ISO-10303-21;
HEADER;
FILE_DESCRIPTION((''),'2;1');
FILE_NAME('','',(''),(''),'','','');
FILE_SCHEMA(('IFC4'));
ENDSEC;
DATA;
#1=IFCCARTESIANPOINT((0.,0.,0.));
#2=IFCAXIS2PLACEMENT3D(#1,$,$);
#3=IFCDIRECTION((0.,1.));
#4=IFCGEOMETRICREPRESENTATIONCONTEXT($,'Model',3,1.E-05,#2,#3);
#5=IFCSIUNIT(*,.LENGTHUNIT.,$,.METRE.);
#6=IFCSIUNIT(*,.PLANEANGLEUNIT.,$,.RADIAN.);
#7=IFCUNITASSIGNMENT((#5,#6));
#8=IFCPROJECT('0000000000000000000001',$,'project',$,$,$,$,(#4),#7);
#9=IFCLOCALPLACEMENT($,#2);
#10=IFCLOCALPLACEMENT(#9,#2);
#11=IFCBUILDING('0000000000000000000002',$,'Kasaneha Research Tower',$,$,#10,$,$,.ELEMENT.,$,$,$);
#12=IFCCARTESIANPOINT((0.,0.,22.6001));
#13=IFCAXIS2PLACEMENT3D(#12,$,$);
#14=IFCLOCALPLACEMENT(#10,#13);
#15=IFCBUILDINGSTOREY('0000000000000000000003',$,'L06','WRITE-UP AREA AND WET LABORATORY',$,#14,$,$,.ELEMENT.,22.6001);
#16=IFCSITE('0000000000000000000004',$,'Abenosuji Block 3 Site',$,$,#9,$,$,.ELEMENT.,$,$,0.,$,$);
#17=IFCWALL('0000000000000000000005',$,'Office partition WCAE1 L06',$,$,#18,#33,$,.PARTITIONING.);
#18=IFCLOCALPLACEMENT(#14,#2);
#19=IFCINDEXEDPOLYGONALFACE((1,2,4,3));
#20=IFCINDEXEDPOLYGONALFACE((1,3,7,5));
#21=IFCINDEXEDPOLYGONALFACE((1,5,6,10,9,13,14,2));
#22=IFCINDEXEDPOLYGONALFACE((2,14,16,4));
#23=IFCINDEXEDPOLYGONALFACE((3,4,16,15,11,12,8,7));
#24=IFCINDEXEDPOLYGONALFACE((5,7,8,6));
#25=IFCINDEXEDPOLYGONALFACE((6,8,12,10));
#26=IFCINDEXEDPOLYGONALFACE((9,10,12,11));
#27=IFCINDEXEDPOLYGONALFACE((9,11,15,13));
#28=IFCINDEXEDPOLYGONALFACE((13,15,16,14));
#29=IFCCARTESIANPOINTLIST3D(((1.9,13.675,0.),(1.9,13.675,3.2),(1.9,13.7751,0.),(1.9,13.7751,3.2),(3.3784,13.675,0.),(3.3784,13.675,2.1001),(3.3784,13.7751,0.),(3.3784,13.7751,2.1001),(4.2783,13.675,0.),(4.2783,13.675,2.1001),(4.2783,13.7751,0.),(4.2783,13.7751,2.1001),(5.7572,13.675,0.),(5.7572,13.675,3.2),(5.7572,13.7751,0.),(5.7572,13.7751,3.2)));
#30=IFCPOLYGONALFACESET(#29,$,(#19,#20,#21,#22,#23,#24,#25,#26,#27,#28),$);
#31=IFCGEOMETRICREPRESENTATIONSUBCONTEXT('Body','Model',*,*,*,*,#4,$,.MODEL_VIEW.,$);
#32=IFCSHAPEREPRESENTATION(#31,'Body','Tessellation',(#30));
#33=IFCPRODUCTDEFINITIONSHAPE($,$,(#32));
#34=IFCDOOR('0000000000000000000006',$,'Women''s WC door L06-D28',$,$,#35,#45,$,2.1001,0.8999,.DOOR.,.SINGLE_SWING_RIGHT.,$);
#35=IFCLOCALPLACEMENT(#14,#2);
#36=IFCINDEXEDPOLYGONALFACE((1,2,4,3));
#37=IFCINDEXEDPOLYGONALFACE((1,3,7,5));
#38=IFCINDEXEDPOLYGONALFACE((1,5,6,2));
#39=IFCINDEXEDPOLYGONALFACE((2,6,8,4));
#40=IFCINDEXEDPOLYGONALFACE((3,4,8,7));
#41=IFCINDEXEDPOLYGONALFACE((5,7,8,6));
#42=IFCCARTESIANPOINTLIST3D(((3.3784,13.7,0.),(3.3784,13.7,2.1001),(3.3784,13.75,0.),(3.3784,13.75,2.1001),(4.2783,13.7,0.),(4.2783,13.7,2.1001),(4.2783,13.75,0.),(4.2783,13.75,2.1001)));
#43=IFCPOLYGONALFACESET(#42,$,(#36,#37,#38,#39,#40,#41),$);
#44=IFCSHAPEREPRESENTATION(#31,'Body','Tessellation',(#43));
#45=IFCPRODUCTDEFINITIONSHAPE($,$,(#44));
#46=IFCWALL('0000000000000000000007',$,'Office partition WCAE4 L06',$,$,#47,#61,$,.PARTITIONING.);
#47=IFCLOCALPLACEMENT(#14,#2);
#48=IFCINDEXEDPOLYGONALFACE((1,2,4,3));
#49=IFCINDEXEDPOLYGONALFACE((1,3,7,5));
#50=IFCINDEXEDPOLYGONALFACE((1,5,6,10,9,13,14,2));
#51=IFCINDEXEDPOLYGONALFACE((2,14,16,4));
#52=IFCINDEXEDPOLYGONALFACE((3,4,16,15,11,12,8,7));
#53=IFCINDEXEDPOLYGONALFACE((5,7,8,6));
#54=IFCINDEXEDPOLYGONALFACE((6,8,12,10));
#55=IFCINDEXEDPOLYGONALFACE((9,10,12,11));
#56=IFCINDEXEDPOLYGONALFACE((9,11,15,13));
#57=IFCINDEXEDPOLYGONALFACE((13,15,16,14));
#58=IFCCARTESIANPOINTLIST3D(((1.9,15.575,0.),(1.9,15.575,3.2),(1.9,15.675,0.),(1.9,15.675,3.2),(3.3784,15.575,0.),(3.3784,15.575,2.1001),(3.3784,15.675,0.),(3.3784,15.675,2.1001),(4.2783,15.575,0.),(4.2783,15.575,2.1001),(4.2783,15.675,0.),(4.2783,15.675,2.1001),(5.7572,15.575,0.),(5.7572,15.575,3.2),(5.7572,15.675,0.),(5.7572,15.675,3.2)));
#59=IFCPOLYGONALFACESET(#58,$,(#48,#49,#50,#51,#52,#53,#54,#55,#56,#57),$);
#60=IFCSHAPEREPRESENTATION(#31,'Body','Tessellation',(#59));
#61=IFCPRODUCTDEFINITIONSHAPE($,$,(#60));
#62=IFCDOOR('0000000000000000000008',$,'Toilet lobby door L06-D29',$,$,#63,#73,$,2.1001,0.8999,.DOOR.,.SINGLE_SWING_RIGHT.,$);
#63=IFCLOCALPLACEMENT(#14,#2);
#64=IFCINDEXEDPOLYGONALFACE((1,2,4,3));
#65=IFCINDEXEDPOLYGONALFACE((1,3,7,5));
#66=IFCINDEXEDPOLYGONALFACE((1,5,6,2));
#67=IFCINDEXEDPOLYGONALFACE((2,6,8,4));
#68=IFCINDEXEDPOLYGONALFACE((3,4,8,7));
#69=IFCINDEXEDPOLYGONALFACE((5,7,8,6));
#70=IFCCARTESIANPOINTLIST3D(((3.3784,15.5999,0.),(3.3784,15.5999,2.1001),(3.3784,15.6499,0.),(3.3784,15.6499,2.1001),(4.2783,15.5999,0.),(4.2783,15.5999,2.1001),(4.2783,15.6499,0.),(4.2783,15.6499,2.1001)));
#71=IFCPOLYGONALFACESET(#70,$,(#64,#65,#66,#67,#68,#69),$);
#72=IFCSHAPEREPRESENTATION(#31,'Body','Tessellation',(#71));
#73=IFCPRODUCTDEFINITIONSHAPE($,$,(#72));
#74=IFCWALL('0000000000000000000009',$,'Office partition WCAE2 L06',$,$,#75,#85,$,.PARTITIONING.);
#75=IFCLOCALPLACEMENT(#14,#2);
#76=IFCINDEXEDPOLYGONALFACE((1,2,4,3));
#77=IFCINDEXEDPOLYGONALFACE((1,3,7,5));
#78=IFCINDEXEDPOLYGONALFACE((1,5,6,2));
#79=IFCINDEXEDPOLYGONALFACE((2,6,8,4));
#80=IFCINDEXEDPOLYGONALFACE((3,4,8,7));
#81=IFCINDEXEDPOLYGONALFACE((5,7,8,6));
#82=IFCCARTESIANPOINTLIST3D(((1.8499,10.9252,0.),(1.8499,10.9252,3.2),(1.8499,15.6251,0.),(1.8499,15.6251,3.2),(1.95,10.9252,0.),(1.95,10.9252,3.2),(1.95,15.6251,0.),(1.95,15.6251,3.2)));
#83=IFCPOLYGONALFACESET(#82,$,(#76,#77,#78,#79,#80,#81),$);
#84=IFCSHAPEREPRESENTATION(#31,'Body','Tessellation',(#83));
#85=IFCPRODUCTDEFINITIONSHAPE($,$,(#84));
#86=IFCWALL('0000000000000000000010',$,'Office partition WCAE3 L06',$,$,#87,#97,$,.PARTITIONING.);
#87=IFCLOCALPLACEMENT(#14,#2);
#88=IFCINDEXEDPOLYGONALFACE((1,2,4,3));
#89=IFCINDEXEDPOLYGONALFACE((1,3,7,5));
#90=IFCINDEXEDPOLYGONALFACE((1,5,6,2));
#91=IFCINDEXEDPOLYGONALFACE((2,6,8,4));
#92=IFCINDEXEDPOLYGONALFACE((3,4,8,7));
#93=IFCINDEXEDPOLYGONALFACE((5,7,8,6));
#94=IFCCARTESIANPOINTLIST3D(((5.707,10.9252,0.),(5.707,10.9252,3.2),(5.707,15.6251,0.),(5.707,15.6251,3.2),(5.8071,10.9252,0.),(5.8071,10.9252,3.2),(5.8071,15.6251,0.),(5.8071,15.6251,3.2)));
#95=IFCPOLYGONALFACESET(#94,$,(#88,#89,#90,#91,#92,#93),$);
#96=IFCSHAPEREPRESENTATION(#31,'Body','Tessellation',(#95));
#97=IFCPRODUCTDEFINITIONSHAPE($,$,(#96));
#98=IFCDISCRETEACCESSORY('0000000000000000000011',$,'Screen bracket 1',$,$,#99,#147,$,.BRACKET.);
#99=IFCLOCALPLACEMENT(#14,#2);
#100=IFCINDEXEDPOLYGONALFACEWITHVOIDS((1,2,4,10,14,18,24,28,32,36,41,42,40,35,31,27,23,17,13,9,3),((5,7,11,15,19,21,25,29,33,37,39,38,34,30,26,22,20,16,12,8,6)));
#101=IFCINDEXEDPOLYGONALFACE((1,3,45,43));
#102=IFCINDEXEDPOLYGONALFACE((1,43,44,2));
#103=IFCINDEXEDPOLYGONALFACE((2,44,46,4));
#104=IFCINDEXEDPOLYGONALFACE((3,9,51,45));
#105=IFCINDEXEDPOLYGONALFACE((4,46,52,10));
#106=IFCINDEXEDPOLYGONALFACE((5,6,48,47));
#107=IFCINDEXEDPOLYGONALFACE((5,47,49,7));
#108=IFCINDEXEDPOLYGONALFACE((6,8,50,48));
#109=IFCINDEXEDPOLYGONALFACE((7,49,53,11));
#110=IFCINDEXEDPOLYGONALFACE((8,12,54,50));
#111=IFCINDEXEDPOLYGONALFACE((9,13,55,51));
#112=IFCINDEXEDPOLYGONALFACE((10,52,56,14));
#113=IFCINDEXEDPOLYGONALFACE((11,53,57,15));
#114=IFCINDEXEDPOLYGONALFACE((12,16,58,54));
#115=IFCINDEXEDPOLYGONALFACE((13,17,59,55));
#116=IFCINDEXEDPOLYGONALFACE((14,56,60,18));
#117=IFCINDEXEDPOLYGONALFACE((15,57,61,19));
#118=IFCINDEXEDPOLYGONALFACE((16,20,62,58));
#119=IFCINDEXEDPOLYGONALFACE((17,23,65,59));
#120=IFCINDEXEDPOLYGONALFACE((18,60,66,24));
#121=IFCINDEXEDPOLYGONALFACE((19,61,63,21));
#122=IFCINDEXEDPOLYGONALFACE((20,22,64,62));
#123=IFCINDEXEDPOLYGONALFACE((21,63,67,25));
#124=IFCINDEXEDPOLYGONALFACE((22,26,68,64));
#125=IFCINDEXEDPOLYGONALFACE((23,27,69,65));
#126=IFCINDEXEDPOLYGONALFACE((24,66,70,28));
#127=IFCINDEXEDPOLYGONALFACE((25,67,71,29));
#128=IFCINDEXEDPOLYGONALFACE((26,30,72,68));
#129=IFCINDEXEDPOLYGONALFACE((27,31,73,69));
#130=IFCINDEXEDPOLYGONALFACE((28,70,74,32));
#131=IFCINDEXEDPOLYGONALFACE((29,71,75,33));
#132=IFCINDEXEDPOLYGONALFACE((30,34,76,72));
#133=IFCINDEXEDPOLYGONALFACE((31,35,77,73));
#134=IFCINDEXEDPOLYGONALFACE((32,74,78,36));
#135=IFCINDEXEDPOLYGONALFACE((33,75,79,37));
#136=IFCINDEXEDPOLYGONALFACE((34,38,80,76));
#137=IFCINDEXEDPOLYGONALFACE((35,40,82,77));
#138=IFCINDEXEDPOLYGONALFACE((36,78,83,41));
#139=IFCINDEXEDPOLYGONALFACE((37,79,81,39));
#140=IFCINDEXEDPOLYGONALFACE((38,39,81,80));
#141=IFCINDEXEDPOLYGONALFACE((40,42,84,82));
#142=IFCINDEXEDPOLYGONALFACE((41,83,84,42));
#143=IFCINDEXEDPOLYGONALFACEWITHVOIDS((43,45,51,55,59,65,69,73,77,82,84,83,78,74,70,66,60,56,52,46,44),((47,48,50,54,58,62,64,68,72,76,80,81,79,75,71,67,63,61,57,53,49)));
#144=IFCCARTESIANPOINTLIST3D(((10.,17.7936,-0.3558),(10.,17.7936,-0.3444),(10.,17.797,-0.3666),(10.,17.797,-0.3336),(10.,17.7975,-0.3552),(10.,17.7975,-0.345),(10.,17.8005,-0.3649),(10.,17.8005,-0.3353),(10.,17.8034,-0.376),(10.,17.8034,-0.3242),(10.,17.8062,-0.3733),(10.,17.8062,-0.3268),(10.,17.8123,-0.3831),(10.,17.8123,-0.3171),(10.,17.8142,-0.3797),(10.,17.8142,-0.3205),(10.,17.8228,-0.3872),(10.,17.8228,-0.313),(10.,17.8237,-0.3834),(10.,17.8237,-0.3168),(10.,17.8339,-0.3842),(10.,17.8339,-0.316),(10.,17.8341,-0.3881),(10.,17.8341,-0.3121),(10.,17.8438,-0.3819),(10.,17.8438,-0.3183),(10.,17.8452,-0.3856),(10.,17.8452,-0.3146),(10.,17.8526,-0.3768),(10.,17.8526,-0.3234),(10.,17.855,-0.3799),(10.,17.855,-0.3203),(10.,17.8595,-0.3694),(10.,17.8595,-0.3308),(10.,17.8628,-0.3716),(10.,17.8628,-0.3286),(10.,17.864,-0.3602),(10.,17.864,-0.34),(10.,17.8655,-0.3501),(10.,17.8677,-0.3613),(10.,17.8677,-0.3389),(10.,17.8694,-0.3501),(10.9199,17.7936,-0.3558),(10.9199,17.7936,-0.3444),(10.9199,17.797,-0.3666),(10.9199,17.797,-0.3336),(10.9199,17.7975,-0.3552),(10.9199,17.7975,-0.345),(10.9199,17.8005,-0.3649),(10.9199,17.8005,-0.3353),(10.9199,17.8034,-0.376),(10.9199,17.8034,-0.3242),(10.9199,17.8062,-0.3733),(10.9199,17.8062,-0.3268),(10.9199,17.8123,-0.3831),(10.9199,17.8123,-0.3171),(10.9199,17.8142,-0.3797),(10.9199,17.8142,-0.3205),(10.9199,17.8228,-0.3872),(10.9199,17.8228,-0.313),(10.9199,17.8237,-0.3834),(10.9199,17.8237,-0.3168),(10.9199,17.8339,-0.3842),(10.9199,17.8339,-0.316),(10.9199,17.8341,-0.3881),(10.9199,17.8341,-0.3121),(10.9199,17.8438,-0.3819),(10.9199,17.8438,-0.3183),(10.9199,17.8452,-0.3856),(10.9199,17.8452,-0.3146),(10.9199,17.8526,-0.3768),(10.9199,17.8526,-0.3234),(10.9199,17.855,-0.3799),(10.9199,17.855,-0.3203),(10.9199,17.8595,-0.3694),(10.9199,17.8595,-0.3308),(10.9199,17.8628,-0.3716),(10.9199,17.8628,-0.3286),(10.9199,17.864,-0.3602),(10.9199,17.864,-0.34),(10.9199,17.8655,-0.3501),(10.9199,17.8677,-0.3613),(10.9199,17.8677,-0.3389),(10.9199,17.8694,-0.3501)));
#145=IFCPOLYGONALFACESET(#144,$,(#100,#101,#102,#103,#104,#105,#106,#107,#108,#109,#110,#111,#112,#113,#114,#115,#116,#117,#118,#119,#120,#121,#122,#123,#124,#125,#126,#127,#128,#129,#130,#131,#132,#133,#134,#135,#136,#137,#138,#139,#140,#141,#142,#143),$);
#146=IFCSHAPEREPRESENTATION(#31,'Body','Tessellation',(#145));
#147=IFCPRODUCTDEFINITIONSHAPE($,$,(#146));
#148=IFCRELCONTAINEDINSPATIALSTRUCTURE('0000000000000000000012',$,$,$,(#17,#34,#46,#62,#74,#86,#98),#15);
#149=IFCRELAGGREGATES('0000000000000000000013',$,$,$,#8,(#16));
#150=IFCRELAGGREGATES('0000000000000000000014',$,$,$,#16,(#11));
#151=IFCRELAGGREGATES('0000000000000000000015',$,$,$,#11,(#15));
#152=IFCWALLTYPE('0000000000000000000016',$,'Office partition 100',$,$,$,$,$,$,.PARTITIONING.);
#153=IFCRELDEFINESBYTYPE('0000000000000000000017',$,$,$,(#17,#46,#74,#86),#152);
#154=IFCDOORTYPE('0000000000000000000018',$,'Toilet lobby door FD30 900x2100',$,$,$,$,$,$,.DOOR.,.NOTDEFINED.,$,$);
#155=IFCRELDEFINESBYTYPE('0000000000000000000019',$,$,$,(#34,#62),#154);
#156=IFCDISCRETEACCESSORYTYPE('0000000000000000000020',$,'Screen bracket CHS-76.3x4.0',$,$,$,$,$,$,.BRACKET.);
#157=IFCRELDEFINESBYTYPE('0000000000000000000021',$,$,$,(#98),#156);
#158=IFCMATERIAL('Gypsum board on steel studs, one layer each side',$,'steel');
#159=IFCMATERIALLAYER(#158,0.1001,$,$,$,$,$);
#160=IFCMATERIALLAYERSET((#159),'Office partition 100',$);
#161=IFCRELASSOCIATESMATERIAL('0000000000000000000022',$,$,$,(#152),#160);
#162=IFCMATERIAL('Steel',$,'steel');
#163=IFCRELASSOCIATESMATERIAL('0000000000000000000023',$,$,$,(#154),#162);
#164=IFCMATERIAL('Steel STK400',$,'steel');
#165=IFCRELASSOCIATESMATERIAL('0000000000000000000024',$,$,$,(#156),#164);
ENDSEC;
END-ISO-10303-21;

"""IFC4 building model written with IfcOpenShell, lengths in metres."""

from ifc_helpers import new_model, si_unit, direction, frame, frame_2d, origin, origin_2d, place, context, subcontext, project, spatial, rectangle, hollow_circle, extrude, material, layer, layer_set, material_profile, profile_set, type_object, element, fill, save


model = new_model("IFC4")

# Units and contexts
model_context = context("Model", 3, precision=1e-05, world=origin(), true_north=direction((0.0, 1.0)))
body_context = subcontext(model_context, "Body", "Model", "MODEL_VIEW")
ifc_project = project(units=[si_unit("LENGTHUNIT", "METRE"), si_unit("PLANEANGLEUNIT", "RADIAN")], contexts=[model_context])

# Site, building, storey
site_placement = place(None, origin())
site = spatial("IfcSite", under=ifc_project, at=site_placement, Name="Abenosuji Block 3 Site", CompositionType="ELEMENT", RefElevation=0.0)
building_placement = place(site_placement, origin())
building = spatial("IfcBuilding", under=site, at=building_placement, Name="Kasaneha Research Tower", CompositionType="ELEMENT")
storey_placement = place(building_placement, frame((0.0, 0.0, 22.6001)))
storey = spatial("IfcBuildingStorey", under=building, at=storey_placement, Name="L06", Description="WRITE-UP AREA AND WET LABORATORY", CompositionType="ELEMENT", Elevation=22.6001)

# Walls, openings, doors
ifc_material_1 = material(Name="Gypsum board on steel studs, one layer each side", Category="steel")
ifc_layer_1 = layer(ifc_material_1, 0.1001)
ifc_layer_set_1 = layer_set([ifc_layer_1], Name="Office partition 100")
wall_type_1 = type_object("IfcWallType", Name="Office partition 100", PredefinedType="PARTITIONING", material=ifc_layer_set_1)
wall_1_placement = place(storey_placement, frame((1.8999, 13.7251, 0.0), z_axis=(0.0, 0.0, 1.0), x_axis=(1.0, 0.0, 0.0)))
wall_1 = element("IfcWall", 1, at=wall_1_placement, inside=storey, type_object=wall_type_1, Name="Office partition WCAE1 L06", PredefinedType="PARTITIONING", context=body_context, shape_type="SweptSolid", body=[
    extrude(rectangle(XDim=3.8572, YDim=0.1001, at=frame_2d((1.9287, 0.0))), origin(), (0.0, 0.0, 1.0), 3.2),
])
opening_1_placement = place(wall_1_placement, frame((1.4785, 0.0, 0.0)))
opening_1 = element("IfcOpeningElement", 2, at=opening_1_placement, cuts=wall_1, PredefinedType="OPENING", context=body_context, shape_type="SweptSolid", body=[
    extrude(rectangle(XDim=0.8999, YDim=2.1001, at=frame_2d((0.45, 1.05))), frame((0.0, 0.0601, 0.0), z_axis=(0.0, -1.0, 0.0), x_axis=(1.0, 0.0, 0.0)), (0.0, 0.0, 1.0), 0.1201),
])
ifc_material_2 = material(Name="Steel", Category="steel")
door_type_1 = type_object("IfcDoorType", Name="Toilet lobby door FD30 900x2100", OperationType="NOTDEFINED", PredefinedType="DOOR", material=ifc_material_2)
door_1_placement = place(opening_1_placement, origin())
door_1 = element("IfcDoor", 3, at=door_1_placement, inside=storey, type_object=door_type_1, Name="Women's WC door L06-D28", OperationType="SINGLE_SWING_RIGHT", OverallHeight=2.1001, OverallWidth=0.8999, PredefinedType="DOOR", context=body_context, shape_type="SweptSolid", body=[
    extrude(rectangle(XDim=0.8999, YDim=2.1001, at=frame_2d((0.45, 1.05))), frame((0.0, 0.0249, 0.0), z_axis=(0.0, -1.0, 0.0), x_axis=(1.0, 0.0, 0.0)), (0.0, 0.0, 1.0), 0.05),
])
fill(opening_1, door_1)
wall_2_placement = place(storey_placement, frame((1.8999, 15.625, 0.0), z_axis=(0.0, 0.0, 1.0), x_axis=(1.0, 0.0, 0.0)))
wall_2 = element("IfcWall", 4, at=wall_2_placement, inside=storey, type_object=wall_type_1, Name="Office partition WCAE4 L06", PredefinedType="PARTITIONING", context=body_context, shape_type="SweptSolid", body=[
    extrude(rectangle(XDim=3.8572, YDim=0.1001, at=frame_2d((1.9287, 0.0))), origin(), (0.0, 0.0, 1.0), 3.2),
])
opening_2_placement = place(wall_2_placement, frame((1.4785, 0.0, 0.0)))
opening_2 = element("IfcOpeningElement", 5, at=opening_2_placement, cuts=wall_2, PredefinedType="OPENING", context=body_context, shape_type="SweptSolid", body=[
    extrude(rectangle(XDim=0.8999, YDim=2.1001, at=frame_2d((0.45, 1.05))), frame((0.0, 0.0601, 0.0), z_axis=(0.0, -1.0, 0.0), x_axis=(1.0, 0.0, 0.0)), (0.0, 0.0, 1.0), 0.1201),
])
door_2_placement = place(opening_2_placement, origin())
door_2 = element("IfcDoor", 6, at=door_2_placement, inside=storey, type_object=door_type_1, Name="Toilet lobby door L06-D29", OperationType="SINGLE_SWING_RIGHT", OverallHeight=2.1001, OverallWidth=0.8999, PredefinedType="DOOR", context=body_context, shape_type="SweptSolid", body=[
    extrude(rectangle(XDim=0.8999, YDim=2.1001, at=frame_2d((0.45, 1.05))), frame((0.0, 0.0249, 0.0), z_axis=(0.0, -1.0, 0.0), x_axis=(1.0, 0.0, 0.0)), (0.0, 0.0, 1.0), 0.05),
])
fill(opening_2, door_2)

# Walls
for number, where, z_axis, x_axis, name in (
    (7, (1.8999, 10.925, 0.0), (0.0, 0.0, 1.0), (0.0, 1.0, 0.0), "Office partition WCAE2 L06"),
    (8, (5.7571, 10.925, 0.0), (0.0, 0.0, 1.0), (0.0, 1.0, 0.0), "Office partition WCAE3 L06"),
):
    element("IfcWall", number, at=place(storey_placement, frame(where, z_axis=z_axis, x_axis=x_axis)), inside=storey, type_object=wall_type_1, Name=name, PredefinedType="PARTITIONING", context=body_context, shape_type="SweptSolid", body=[
        extrude(rectangle(XDim=4.7, YDim=0.1001, at=frame_2d((2.3501, 0.0))), origin(), (0.0, 0.0, 1.0), 3.2),
    ])

# Discrete accessory
ifc_material_3 = material(Name="Steel STK400", Category="steel")
ifc_material_profile_1 = material_profile(ifc_material_3, hollow_circle(Radius=0.0381, WallThickness=0.0039, at=origin_2d()), Name="CHS-76.3x4.0")
ifc_profile_set_1 = profile_set([ifc_material_profile_1], Name="Steel STK400")
discrete_accessory_type = type_object("IfcDiscreteAccessoryType", Name="Screen bracket CHS-76.3x4.0", PredefinedType="BRACKET", material=ifc_profile_set_1)
discrete_accessory_placement = place(storey_placement, frame((10.0, 17.8313, -0.3501), z_axis=(1.0, 0.0, 0.0), x_axis=(0.0, 1.0, 0.0)))
element("IfcDiscreteAccessory", 9, at=discrete_accessory_placement, inside=storey, type_object=discrete_accessory_type, Name="Screen bracket 1", PredefinedType="BRACKET", context=body_context, shape_type="SweptSolid", body=[
    extrude(hollow_circle(Radius=0.0381, WallThickness=0.0039, at=origin_2d()), origin(), (0.0, 0.0, 1.0), 0.9199),
])

save(model, "model.ifc")
